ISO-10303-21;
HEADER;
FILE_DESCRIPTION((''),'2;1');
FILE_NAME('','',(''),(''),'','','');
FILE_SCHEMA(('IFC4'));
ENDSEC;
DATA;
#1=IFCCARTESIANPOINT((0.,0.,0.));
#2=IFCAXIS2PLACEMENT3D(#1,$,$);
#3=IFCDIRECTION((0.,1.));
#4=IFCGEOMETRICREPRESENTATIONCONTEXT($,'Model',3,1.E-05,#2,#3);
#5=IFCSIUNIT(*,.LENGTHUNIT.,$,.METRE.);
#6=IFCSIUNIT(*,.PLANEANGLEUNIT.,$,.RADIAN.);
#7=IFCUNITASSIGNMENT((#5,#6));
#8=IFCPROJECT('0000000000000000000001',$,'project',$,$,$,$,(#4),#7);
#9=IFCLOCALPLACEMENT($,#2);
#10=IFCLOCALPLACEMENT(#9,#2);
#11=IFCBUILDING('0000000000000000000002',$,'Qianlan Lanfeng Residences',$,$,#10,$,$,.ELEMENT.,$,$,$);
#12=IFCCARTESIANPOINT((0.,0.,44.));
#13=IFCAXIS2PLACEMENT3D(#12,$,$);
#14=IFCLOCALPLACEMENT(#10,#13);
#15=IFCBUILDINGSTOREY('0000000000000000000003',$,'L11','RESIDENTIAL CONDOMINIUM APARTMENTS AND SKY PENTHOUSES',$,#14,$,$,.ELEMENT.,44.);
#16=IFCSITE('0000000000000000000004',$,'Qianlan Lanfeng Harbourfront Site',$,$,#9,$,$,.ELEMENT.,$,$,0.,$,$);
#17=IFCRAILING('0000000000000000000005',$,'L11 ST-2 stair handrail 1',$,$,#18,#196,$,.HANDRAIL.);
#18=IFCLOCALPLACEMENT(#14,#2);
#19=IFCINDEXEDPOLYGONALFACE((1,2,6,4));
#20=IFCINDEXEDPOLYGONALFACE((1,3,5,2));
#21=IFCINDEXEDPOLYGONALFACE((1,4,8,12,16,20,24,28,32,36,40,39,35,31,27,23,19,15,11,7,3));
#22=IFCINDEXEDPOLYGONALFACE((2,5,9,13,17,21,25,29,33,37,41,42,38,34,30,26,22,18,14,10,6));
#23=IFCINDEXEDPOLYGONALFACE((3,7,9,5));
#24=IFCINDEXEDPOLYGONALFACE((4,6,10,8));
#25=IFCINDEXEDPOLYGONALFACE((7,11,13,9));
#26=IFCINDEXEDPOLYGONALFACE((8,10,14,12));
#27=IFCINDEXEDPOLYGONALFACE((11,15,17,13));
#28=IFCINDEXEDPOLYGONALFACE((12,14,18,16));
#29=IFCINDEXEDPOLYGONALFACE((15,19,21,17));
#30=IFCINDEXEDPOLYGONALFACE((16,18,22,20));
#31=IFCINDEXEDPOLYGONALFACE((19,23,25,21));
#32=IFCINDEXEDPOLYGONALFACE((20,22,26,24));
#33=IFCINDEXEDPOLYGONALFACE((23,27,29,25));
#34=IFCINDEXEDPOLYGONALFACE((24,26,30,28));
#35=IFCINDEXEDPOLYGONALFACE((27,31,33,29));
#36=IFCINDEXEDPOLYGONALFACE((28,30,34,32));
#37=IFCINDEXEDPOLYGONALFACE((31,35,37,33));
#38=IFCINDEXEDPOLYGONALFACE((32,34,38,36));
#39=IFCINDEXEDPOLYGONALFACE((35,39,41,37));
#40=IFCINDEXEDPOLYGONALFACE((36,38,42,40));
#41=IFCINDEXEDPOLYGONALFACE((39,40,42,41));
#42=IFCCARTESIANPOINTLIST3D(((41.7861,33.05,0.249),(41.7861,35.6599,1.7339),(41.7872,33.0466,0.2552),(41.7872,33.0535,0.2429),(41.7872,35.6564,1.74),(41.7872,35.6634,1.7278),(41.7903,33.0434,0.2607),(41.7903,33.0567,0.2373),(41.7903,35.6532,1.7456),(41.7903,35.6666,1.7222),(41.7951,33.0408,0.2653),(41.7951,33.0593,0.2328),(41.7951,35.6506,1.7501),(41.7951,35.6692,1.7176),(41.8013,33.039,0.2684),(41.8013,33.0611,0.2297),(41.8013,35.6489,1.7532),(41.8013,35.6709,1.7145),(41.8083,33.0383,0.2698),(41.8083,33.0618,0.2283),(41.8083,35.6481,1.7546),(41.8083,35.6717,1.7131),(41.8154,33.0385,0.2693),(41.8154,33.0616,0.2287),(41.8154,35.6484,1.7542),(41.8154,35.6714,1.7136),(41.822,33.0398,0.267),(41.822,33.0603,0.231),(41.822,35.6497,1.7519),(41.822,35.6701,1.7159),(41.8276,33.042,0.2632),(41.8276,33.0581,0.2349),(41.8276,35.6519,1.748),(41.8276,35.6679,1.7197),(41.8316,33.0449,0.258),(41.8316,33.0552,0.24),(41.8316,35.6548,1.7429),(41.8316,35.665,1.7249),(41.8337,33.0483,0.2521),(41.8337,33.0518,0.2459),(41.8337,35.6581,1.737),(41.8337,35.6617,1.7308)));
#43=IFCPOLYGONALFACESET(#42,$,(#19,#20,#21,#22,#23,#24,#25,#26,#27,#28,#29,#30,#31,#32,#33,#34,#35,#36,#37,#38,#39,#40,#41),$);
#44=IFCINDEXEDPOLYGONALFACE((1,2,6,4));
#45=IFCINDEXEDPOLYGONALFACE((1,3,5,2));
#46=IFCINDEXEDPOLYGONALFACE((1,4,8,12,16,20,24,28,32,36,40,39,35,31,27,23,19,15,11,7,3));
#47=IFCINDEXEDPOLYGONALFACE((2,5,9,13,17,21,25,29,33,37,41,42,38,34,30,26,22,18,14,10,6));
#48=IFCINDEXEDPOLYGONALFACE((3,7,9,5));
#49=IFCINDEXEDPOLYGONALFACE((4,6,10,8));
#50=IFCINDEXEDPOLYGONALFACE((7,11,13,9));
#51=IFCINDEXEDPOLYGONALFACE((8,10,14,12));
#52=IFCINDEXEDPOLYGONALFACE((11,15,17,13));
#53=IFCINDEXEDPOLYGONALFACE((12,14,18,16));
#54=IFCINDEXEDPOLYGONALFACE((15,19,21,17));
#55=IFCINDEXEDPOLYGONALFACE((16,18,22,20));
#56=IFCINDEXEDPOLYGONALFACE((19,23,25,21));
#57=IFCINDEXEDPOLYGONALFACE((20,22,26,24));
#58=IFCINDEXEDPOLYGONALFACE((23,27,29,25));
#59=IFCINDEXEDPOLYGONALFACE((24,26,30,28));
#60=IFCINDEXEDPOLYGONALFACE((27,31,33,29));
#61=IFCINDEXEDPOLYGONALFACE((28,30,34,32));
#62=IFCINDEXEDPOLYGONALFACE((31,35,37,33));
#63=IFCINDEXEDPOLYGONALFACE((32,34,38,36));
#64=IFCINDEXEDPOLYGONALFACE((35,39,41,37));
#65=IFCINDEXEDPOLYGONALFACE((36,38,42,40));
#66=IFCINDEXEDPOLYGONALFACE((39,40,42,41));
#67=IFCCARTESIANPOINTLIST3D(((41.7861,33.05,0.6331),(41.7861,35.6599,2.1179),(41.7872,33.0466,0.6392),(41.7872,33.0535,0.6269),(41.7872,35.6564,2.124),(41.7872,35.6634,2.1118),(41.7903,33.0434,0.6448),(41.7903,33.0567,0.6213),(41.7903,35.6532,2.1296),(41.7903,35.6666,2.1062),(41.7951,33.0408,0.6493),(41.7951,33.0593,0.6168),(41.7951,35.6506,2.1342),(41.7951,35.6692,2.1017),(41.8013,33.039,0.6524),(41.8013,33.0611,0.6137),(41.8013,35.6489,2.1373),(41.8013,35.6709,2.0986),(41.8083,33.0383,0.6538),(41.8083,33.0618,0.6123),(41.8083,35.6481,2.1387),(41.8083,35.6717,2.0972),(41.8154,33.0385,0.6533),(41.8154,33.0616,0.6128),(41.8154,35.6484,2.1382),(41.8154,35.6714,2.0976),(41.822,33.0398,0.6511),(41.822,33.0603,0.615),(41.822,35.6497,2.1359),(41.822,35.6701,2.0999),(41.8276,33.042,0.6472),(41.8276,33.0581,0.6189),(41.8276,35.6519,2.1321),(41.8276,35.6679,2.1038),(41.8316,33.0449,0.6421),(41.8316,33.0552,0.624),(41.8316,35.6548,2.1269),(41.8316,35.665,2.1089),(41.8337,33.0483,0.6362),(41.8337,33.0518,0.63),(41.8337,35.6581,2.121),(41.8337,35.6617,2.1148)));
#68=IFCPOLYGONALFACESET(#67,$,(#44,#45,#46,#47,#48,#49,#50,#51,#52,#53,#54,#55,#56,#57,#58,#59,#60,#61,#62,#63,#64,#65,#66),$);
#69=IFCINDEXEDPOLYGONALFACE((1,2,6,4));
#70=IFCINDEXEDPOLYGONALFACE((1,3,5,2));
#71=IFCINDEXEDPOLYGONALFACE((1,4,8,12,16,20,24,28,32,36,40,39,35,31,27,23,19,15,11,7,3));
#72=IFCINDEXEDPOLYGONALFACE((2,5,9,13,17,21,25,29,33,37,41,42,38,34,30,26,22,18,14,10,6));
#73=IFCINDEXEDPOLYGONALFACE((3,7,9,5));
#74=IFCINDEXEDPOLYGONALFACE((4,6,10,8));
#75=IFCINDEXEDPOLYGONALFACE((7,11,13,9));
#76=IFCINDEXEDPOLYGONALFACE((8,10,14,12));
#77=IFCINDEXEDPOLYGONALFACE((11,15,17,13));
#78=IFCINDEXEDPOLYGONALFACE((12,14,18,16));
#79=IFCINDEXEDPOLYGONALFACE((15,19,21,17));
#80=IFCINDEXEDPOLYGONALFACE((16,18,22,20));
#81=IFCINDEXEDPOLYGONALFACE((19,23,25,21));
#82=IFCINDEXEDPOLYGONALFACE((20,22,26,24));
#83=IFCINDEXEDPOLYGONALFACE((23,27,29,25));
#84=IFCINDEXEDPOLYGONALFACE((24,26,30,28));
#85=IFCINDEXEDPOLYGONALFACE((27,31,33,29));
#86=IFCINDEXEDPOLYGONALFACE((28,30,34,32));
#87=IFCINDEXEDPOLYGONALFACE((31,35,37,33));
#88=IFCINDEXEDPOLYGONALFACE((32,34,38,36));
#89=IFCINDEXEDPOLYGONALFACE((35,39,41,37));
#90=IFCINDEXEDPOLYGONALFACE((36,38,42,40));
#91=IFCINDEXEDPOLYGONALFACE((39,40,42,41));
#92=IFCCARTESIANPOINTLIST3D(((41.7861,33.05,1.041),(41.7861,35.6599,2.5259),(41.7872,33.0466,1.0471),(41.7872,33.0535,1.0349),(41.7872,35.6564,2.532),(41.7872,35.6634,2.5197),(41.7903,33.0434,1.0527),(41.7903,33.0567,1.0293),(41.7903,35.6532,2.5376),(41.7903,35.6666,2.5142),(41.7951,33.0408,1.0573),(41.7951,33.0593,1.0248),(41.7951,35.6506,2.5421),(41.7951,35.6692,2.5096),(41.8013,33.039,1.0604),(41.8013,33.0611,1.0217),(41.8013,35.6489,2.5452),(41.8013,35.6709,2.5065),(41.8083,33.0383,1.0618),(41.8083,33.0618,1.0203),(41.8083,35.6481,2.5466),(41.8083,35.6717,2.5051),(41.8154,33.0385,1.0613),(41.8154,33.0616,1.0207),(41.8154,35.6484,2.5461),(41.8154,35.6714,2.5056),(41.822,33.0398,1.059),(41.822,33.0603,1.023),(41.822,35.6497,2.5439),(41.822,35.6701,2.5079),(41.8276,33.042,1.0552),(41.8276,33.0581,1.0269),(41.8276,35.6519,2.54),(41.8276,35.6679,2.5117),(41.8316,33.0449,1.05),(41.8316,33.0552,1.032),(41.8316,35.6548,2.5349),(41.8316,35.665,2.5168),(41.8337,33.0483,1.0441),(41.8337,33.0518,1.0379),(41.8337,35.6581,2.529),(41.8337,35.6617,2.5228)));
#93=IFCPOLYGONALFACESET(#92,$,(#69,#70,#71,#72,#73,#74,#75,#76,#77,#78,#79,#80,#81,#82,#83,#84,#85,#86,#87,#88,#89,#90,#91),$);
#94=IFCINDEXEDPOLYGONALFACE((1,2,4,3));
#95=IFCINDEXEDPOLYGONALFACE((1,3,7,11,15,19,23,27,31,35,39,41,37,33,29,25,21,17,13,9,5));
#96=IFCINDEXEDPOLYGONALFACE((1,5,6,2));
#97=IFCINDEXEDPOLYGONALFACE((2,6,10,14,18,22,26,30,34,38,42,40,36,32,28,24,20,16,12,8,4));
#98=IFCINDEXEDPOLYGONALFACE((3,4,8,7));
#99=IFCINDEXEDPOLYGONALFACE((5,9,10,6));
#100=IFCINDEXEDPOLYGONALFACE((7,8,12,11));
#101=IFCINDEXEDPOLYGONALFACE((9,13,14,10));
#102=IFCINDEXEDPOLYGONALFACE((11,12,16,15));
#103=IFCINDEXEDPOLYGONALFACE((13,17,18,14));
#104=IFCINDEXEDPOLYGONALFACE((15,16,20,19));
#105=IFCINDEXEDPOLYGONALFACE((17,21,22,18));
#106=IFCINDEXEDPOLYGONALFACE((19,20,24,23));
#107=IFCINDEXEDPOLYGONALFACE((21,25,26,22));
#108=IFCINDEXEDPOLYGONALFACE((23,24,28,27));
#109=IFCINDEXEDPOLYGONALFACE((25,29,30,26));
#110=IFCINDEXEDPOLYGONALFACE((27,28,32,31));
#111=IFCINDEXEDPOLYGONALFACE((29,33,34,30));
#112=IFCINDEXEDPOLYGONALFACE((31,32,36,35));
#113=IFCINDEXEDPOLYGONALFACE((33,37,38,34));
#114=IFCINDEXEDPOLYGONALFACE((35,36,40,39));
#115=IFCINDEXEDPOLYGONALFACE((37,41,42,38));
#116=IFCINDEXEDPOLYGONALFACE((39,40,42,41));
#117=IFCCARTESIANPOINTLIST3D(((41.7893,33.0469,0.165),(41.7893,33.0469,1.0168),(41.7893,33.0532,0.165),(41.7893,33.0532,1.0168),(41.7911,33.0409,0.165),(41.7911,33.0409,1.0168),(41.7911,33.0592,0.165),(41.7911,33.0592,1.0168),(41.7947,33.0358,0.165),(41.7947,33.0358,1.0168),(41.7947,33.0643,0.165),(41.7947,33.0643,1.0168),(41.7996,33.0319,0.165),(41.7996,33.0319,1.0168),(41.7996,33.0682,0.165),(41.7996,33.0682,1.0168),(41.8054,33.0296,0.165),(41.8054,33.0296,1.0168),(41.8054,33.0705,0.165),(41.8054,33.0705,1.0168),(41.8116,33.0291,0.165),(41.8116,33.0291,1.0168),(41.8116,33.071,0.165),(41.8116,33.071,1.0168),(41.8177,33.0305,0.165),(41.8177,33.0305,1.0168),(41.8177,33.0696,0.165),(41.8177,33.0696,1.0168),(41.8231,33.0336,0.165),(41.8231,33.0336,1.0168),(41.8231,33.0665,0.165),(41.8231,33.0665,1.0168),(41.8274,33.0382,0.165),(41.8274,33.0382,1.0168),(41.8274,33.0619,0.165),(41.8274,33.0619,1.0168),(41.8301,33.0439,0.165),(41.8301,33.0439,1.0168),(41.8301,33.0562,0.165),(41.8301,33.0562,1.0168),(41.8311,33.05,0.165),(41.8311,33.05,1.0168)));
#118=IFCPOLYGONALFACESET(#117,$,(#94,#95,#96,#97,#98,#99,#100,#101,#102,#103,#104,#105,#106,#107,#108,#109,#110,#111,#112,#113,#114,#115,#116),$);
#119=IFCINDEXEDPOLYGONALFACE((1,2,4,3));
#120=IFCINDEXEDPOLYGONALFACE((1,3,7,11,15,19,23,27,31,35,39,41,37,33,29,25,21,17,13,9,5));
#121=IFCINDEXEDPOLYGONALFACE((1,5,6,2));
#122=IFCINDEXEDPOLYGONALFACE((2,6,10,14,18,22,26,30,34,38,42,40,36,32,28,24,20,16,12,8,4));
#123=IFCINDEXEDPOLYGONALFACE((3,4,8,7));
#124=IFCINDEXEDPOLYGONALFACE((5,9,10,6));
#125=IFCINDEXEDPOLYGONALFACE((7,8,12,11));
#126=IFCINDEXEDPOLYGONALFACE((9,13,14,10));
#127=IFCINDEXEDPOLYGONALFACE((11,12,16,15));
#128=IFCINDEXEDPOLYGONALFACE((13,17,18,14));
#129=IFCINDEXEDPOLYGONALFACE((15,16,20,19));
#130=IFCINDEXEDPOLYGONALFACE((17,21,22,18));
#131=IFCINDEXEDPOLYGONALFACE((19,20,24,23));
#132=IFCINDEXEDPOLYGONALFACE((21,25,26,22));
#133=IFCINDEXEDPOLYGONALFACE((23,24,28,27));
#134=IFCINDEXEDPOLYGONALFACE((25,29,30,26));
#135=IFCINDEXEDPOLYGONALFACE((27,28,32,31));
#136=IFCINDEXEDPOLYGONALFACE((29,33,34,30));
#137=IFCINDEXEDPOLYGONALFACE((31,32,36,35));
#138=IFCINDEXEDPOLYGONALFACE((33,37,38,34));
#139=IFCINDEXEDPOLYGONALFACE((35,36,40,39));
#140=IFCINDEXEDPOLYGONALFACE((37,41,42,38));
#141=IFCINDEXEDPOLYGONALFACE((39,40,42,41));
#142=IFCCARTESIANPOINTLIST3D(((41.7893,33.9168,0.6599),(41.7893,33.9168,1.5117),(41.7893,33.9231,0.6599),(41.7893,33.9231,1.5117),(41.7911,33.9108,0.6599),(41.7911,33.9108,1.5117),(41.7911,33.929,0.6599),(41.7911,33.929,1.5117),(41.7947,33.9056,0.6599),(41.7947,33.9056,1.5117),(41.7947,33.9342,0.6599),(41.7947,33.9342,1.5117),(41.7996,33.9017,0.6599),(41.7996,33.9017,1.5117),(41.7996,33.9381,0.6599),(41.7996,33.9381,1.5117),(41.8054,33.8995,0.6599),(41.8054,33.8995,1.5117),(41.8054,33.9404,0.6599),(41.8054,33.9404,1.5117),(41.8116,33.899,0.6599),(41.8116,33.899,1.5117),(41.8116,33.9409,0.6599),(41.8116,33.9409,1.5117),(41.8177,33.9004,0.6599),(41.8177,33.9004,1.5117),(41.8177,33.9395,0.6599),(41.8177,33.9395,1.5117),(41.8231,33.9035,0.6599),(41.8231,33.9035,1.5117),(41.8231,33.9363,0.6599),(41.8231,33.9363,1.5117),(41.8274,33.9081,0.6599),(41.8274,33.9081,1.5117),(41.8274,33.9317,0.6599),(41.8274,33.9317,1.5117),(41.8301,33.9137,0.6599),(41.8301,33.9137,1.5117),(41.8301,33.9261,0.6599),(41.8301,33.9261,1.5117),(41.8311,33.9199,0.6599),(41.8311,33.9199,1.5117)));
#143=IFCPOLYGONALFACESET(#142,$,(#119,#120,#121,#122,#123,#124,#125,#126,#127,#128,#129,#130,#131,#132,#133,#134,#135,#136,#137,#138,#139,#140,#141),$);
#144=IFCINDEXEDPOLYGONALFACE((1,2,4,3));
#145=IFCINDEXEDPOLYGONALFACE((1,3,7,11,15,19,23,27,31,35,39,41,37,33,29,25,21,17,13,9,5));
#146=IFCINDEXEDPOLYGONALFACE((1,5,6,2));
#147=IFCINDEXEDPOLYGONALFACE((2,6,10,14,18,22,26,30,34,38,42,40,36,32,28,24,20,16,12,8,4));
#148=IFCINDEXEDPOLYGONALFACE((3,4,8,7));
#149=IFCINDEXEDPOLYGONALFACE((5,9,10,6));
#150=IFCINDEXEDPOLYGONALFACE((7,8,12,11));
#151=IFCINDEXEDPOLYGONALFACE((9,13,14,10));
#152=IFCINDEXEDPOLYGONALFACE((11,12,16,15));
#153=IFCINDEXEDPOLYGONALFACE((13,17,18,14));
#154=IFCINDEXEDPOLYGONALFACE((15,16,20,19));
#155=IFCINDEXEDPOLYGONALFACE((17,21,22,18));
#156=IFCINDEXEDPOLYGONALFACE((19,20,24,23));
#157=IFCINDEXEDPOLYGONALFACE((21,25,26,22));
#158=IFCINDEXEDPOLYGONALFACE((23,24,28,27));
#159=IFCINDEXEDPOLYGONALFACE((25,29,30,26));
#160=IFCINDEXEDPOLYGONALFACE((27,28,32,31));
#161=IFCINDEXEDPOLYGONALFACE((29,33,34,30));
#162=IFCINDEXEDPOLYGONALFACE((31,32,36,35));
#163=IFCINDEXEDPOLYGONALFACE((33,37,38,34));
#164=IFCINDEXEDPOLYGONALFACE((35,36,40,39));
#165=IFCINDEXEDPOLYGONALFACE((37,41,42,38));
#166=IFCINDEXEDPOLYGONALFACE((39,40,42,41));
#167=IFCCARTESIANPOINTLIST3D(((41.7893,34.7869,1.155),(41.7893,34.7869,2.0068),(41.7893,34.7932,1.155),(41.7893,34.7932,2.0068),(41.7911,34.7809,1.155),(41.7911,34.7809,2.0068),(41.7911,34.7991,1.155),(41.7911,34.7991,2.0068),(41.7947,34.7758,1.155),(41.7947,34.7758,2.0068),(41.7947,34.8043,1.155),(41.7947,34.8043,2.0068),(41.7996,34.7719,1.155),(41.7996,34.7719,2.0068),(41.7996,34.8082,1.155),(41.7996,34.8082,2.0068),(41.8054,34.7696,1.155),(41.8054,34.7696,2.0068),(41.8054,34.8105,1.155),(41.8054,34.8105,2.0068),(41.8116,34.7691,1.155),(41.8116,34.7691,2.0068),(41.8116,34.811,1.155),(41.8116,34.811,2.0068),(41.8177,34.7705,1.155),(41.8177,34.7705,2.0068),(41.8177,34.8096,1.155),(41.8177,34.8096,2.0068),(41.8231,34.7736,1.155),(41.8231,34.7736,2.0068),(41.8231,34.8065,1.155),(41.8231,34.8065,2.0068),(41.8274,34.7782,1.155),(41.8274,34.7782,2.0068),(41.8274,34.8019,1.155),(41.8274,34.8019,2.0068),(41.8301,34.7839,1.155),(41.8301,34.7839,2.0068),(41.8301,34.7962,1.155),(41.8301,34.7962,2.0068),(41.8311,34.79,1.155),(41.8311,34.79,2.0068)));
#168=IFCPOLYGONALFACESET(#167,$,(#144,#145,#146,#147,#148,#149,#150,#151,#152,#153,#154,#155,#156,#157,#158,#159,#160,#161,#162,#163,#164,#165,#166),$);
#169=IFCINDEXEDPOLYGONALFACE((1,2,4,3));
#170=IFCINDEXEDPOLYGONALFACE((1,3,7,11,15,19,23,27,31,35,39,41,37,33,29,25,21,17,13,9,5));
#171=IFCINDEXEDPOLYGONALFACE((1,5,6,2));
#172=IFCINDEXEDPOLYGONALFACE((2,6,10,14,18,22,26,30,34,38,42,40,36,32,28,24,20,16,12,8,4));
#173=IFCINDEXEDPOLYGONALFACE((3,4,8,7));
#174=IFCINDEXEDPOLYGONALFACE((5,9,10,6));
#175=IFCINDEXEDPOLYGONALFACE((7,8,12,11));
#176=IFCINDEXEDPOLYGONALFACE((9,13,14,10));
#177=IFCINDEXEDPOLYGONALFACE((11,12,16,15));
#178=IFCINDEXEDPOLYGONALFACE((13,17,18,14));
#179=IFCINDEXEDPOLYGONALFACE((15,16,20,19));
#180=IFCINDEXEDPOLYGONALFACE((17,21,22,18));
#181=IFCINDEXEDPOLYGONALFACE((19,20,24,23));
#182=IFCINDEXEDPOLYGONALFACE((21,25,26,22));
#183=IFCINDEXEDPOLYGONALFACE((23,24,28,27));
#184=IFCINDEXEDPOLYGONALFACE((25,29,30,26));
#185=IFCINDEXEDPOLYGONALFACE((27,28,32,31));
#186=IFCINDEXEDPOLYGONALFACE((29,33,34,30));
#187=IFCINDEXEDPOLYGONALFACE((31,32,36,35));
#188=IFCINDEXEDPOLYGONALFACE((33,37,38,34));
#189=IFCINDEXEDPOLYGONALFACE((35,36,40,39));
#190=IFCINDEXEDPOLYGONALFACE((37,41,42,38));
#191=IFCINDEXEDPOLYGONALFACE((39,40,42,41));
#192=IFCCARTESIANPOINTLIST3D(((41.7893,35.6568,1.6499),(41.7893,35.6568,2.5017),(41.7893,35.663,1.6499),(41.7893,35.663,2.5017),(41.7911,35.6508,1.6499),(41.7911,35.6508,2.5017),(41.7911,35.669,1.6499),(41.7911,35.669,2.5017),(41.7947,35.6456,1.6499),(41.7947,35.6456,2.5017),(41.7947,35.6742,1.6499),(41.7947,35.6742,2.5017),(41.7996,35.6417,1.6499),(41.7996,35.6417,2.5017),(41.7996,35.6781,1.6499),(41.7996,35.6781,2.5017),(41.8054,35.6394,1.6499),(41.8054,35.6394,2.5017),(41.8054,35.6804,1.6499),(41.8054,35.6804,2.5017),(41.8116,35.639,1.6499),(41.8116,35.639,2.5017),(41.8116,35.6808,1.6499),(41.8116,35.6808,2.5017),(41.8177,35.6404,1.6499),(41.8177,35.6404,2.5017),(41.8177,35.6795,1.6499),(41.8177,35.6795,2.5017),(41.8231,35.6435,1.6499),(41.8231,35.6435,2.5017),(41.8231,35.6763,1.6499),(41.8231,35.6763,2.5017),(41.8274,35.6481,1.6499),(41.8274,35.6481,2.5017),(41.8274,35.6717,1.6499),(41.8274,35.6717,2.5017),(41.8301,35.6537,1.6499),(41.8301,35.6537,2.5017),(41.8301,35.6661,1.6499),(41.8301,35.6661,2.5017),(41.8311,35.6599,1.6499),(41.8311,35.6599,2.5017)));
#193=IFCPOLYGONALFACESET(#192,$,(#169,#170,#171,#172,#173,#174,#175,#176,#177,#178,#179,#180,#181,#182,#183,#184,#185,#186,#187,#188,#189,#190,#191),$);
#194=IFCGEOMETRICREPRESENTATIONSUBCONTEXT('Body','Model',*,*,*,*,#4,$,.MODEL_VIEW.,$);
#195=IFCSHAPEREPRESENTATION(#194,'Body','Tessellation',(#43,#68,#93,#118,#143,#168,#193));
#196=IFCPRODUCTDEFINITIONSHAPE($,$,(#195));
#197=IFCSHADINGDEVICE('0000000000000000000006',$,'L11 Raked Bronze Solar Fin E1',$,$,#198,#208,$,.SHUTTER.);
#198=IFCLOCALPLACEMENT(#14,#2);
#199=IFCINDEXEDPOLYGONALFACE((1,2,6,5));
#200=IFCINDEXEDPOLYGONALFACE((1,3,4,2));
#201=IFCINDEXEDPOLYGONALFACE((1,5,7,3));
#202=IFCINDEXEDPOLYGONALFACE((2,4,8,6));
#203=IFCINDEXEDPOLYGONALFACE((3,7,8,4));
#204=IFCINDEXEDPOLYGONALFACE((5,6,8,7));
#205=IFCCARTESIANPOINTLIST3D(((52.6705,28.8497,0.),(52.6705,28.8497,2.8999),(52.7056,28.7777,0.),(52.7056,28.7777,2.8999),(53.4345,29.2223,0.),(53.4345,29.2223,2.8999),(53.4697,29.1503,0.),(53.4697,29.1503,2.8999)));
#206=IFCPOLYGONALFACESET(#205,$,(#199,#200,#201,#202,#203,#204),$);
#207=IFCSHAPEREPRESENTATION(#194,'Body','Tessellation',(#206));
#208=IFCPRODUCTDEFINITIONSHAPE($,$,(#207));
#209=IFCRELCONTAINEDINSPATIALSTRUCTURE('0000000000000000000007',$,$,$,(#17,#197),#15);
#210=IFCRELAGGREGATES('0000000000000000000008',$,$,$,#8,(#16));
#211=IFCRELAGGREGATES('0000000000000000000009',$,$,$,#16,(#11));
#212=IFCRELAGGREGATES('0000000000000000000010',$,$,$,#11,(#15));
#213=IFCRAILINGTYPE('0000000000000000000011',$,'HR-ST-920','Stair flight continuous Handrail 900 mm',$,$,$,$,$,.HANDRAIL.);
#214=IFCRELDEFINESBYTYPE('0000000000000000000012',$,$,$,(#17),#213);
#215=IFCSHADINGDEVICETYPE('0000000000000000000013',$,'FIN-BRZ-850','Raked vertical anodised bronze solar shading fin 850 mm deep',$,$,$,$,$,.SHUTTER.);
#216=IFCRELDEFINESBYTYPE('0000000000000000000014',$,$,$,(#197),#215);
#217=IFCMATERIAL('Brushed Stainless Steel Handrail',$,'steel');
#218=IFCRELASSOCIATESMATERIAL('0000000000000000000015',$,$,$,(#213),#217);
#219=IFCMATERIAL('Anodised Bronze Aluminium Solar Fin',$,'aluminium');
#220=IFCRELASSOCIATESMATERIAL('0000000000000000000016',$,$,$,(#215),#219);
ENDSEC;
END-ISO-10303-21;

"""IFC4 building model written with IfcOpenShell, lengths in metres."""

from ifc_helpers import new_model, si_unit, direction, frame, origin, origin_2d, place, context, subcontext, project, spatial, rectangle, circle, extrude, source, transform, mapped, material, type_object, element, save


model = new_model("IFC4")

# Units and contexts
model_context = context("Model", 3, precision=1e-05, world=origin(), true_north=direction((0.0, 1.0)))
body_context = subcontext(model_context, "Body", "Model", "MODEL_VIEW")
ifc_project = project(units=[si_unit("LENGTHUNIT", "METRE"), si_unit("PLANEANGLEUNIT", "RADIAN")], contexts=[model_context])

# Site, building, storey
site_placement = place(None, origin())
site = spatial("IfcSite", under=ifc_project, at=site_placement, Name="Qianlan Lanfeng Harbourfront Site", CompositionType="ELEMENT", RefElevation=0.0)
building_placement = place(site_placement, origin())
building = spatial("IfcBuilding", under=site, at=building_placement, Name="Qianlan Lanfeng Residences", CompositionType="ELEMENT")
storey_placement = place(building_placement, frame((0.0, 0.0, 44.0)))
storey = spatial("IfcBuildingStorey", under=building, at=storey_placement, Name="L11", Description="RESIDENTIAL CONDOMINIUM APARTMENTS AND SKY PENTHOUSES", CompositionType="ELEMENT", Elevation=44.0)

# Railing
ifc_material_1 = material(Name="Brushed Stainless Steel Handrail", Category="steel")
railing_type_1 = type_object("IfcRailingType", Name="HR-ST-920", Description="Stair flight continuous Handrail 900 mm", PredefinedType="HANDRAIL", material=ifc_material_1)
railing_1_placement = place(storey_placement, frame((41.8101, 33.05, 0.165)))
element("IfcRailing", 1, at=railing_1_placement, inside=storey, type_object=railing_type_1, Name="L11 ST-2 stair handrail 1", PredefinedType="HANDRAIL", context=body_context, shape_type="SweptSolid", body=[
    extrude(circle(Radius=0.0239, at=origin_2d()), frame((0.0, 0.0, 0.084), z_axis=(0.0, 0.869172, 0.494509), x_axis=(-1.0, 0.0, 0.0)), (0.0, 0.0, 1.0), 3.0027),
    extrude(circle(Radius=0.0239, at=origin_2d()), frame((0.0, 0.0, 0.468), z_axis=(0.0, 0.869172, 0.494509), x_axis=(-1.0, 0.0, 0.0)), (0.0, 0.0, 1.0), 3.0027),
    extrude(circle(Radius=0.0239, at=origin_2d()), frame((0.0, 0.0, 0.876), z_axis=(0.0, 0.869172, 0.494509), x_axis=(-1.0, 0.0, 0.0)), (0.0, 0.0, 1.0), 3.0027),
    extrude(circle(Radius=0.021, at=origin_2d()), origin(), (0.0, 0.0, 1.0), 0.8518),
    extrude(circle(Radius=0.021, at=origin_2d()), frame((0.0, 0.8699, 0.4949)), (0.0, 0.0, 1.0), 0.8518),
    extrude(circle(Radius=0.021, at=origin_2d()), frame((0.0, 1.74, 0.99)), (0.0, 0.0, 1.0), 0.8518),
    extrude(circle(Radius=0.021, at=origin_2d()), frame((0.0, 2.6099, 1.4849)), (0.0, 0.0, 1.0), 0.8518),
])

# Shading device
ifc_material_2 = material(Name="Anodised Bronze Aluminium Solar Fin", Category="aluminium")
shading_device_type = type_object("IfcShadingDeviceType", Name="FIN-BRZ-850", Description="Raked vertical anodised bronze solar shading fin 850 mm deep", PredefinedType="SHUTTER", material=ifc_material_2)
shared_shape_1 = source(origin(), body_context, "Body", "SweptSolid", [
    extrude(rectangle(XDim=0.8501, YDim=0.0801, at=origin_2d()), origin(), (0.0, 0.0, 1.0), 2.8999),
])
for number, where, z_axis, x_axis, name in (
    (2, (53.0701, 29.0, 0.0), (0.0, 0.0, 1.0), (0.898794, 0.438371, 0.0), "L11 Raked Bronze Solar Fin E1"),
):
    element("IfcShadingDevice", number, at=place(storey_placement, frame(where, z_axis=z_axis, x_axis=x_axis)), inside=storey, type_object=shading_device_type, Name=name, PredefinedType="SHUTTER", context=body_context, shape_type="MappedRepresentation", body=[
        mapped(shared_shape_1, transform((0.0, 0.0, 0.0), scale=1.0)),
    ])

save(model, "model.ifc")
